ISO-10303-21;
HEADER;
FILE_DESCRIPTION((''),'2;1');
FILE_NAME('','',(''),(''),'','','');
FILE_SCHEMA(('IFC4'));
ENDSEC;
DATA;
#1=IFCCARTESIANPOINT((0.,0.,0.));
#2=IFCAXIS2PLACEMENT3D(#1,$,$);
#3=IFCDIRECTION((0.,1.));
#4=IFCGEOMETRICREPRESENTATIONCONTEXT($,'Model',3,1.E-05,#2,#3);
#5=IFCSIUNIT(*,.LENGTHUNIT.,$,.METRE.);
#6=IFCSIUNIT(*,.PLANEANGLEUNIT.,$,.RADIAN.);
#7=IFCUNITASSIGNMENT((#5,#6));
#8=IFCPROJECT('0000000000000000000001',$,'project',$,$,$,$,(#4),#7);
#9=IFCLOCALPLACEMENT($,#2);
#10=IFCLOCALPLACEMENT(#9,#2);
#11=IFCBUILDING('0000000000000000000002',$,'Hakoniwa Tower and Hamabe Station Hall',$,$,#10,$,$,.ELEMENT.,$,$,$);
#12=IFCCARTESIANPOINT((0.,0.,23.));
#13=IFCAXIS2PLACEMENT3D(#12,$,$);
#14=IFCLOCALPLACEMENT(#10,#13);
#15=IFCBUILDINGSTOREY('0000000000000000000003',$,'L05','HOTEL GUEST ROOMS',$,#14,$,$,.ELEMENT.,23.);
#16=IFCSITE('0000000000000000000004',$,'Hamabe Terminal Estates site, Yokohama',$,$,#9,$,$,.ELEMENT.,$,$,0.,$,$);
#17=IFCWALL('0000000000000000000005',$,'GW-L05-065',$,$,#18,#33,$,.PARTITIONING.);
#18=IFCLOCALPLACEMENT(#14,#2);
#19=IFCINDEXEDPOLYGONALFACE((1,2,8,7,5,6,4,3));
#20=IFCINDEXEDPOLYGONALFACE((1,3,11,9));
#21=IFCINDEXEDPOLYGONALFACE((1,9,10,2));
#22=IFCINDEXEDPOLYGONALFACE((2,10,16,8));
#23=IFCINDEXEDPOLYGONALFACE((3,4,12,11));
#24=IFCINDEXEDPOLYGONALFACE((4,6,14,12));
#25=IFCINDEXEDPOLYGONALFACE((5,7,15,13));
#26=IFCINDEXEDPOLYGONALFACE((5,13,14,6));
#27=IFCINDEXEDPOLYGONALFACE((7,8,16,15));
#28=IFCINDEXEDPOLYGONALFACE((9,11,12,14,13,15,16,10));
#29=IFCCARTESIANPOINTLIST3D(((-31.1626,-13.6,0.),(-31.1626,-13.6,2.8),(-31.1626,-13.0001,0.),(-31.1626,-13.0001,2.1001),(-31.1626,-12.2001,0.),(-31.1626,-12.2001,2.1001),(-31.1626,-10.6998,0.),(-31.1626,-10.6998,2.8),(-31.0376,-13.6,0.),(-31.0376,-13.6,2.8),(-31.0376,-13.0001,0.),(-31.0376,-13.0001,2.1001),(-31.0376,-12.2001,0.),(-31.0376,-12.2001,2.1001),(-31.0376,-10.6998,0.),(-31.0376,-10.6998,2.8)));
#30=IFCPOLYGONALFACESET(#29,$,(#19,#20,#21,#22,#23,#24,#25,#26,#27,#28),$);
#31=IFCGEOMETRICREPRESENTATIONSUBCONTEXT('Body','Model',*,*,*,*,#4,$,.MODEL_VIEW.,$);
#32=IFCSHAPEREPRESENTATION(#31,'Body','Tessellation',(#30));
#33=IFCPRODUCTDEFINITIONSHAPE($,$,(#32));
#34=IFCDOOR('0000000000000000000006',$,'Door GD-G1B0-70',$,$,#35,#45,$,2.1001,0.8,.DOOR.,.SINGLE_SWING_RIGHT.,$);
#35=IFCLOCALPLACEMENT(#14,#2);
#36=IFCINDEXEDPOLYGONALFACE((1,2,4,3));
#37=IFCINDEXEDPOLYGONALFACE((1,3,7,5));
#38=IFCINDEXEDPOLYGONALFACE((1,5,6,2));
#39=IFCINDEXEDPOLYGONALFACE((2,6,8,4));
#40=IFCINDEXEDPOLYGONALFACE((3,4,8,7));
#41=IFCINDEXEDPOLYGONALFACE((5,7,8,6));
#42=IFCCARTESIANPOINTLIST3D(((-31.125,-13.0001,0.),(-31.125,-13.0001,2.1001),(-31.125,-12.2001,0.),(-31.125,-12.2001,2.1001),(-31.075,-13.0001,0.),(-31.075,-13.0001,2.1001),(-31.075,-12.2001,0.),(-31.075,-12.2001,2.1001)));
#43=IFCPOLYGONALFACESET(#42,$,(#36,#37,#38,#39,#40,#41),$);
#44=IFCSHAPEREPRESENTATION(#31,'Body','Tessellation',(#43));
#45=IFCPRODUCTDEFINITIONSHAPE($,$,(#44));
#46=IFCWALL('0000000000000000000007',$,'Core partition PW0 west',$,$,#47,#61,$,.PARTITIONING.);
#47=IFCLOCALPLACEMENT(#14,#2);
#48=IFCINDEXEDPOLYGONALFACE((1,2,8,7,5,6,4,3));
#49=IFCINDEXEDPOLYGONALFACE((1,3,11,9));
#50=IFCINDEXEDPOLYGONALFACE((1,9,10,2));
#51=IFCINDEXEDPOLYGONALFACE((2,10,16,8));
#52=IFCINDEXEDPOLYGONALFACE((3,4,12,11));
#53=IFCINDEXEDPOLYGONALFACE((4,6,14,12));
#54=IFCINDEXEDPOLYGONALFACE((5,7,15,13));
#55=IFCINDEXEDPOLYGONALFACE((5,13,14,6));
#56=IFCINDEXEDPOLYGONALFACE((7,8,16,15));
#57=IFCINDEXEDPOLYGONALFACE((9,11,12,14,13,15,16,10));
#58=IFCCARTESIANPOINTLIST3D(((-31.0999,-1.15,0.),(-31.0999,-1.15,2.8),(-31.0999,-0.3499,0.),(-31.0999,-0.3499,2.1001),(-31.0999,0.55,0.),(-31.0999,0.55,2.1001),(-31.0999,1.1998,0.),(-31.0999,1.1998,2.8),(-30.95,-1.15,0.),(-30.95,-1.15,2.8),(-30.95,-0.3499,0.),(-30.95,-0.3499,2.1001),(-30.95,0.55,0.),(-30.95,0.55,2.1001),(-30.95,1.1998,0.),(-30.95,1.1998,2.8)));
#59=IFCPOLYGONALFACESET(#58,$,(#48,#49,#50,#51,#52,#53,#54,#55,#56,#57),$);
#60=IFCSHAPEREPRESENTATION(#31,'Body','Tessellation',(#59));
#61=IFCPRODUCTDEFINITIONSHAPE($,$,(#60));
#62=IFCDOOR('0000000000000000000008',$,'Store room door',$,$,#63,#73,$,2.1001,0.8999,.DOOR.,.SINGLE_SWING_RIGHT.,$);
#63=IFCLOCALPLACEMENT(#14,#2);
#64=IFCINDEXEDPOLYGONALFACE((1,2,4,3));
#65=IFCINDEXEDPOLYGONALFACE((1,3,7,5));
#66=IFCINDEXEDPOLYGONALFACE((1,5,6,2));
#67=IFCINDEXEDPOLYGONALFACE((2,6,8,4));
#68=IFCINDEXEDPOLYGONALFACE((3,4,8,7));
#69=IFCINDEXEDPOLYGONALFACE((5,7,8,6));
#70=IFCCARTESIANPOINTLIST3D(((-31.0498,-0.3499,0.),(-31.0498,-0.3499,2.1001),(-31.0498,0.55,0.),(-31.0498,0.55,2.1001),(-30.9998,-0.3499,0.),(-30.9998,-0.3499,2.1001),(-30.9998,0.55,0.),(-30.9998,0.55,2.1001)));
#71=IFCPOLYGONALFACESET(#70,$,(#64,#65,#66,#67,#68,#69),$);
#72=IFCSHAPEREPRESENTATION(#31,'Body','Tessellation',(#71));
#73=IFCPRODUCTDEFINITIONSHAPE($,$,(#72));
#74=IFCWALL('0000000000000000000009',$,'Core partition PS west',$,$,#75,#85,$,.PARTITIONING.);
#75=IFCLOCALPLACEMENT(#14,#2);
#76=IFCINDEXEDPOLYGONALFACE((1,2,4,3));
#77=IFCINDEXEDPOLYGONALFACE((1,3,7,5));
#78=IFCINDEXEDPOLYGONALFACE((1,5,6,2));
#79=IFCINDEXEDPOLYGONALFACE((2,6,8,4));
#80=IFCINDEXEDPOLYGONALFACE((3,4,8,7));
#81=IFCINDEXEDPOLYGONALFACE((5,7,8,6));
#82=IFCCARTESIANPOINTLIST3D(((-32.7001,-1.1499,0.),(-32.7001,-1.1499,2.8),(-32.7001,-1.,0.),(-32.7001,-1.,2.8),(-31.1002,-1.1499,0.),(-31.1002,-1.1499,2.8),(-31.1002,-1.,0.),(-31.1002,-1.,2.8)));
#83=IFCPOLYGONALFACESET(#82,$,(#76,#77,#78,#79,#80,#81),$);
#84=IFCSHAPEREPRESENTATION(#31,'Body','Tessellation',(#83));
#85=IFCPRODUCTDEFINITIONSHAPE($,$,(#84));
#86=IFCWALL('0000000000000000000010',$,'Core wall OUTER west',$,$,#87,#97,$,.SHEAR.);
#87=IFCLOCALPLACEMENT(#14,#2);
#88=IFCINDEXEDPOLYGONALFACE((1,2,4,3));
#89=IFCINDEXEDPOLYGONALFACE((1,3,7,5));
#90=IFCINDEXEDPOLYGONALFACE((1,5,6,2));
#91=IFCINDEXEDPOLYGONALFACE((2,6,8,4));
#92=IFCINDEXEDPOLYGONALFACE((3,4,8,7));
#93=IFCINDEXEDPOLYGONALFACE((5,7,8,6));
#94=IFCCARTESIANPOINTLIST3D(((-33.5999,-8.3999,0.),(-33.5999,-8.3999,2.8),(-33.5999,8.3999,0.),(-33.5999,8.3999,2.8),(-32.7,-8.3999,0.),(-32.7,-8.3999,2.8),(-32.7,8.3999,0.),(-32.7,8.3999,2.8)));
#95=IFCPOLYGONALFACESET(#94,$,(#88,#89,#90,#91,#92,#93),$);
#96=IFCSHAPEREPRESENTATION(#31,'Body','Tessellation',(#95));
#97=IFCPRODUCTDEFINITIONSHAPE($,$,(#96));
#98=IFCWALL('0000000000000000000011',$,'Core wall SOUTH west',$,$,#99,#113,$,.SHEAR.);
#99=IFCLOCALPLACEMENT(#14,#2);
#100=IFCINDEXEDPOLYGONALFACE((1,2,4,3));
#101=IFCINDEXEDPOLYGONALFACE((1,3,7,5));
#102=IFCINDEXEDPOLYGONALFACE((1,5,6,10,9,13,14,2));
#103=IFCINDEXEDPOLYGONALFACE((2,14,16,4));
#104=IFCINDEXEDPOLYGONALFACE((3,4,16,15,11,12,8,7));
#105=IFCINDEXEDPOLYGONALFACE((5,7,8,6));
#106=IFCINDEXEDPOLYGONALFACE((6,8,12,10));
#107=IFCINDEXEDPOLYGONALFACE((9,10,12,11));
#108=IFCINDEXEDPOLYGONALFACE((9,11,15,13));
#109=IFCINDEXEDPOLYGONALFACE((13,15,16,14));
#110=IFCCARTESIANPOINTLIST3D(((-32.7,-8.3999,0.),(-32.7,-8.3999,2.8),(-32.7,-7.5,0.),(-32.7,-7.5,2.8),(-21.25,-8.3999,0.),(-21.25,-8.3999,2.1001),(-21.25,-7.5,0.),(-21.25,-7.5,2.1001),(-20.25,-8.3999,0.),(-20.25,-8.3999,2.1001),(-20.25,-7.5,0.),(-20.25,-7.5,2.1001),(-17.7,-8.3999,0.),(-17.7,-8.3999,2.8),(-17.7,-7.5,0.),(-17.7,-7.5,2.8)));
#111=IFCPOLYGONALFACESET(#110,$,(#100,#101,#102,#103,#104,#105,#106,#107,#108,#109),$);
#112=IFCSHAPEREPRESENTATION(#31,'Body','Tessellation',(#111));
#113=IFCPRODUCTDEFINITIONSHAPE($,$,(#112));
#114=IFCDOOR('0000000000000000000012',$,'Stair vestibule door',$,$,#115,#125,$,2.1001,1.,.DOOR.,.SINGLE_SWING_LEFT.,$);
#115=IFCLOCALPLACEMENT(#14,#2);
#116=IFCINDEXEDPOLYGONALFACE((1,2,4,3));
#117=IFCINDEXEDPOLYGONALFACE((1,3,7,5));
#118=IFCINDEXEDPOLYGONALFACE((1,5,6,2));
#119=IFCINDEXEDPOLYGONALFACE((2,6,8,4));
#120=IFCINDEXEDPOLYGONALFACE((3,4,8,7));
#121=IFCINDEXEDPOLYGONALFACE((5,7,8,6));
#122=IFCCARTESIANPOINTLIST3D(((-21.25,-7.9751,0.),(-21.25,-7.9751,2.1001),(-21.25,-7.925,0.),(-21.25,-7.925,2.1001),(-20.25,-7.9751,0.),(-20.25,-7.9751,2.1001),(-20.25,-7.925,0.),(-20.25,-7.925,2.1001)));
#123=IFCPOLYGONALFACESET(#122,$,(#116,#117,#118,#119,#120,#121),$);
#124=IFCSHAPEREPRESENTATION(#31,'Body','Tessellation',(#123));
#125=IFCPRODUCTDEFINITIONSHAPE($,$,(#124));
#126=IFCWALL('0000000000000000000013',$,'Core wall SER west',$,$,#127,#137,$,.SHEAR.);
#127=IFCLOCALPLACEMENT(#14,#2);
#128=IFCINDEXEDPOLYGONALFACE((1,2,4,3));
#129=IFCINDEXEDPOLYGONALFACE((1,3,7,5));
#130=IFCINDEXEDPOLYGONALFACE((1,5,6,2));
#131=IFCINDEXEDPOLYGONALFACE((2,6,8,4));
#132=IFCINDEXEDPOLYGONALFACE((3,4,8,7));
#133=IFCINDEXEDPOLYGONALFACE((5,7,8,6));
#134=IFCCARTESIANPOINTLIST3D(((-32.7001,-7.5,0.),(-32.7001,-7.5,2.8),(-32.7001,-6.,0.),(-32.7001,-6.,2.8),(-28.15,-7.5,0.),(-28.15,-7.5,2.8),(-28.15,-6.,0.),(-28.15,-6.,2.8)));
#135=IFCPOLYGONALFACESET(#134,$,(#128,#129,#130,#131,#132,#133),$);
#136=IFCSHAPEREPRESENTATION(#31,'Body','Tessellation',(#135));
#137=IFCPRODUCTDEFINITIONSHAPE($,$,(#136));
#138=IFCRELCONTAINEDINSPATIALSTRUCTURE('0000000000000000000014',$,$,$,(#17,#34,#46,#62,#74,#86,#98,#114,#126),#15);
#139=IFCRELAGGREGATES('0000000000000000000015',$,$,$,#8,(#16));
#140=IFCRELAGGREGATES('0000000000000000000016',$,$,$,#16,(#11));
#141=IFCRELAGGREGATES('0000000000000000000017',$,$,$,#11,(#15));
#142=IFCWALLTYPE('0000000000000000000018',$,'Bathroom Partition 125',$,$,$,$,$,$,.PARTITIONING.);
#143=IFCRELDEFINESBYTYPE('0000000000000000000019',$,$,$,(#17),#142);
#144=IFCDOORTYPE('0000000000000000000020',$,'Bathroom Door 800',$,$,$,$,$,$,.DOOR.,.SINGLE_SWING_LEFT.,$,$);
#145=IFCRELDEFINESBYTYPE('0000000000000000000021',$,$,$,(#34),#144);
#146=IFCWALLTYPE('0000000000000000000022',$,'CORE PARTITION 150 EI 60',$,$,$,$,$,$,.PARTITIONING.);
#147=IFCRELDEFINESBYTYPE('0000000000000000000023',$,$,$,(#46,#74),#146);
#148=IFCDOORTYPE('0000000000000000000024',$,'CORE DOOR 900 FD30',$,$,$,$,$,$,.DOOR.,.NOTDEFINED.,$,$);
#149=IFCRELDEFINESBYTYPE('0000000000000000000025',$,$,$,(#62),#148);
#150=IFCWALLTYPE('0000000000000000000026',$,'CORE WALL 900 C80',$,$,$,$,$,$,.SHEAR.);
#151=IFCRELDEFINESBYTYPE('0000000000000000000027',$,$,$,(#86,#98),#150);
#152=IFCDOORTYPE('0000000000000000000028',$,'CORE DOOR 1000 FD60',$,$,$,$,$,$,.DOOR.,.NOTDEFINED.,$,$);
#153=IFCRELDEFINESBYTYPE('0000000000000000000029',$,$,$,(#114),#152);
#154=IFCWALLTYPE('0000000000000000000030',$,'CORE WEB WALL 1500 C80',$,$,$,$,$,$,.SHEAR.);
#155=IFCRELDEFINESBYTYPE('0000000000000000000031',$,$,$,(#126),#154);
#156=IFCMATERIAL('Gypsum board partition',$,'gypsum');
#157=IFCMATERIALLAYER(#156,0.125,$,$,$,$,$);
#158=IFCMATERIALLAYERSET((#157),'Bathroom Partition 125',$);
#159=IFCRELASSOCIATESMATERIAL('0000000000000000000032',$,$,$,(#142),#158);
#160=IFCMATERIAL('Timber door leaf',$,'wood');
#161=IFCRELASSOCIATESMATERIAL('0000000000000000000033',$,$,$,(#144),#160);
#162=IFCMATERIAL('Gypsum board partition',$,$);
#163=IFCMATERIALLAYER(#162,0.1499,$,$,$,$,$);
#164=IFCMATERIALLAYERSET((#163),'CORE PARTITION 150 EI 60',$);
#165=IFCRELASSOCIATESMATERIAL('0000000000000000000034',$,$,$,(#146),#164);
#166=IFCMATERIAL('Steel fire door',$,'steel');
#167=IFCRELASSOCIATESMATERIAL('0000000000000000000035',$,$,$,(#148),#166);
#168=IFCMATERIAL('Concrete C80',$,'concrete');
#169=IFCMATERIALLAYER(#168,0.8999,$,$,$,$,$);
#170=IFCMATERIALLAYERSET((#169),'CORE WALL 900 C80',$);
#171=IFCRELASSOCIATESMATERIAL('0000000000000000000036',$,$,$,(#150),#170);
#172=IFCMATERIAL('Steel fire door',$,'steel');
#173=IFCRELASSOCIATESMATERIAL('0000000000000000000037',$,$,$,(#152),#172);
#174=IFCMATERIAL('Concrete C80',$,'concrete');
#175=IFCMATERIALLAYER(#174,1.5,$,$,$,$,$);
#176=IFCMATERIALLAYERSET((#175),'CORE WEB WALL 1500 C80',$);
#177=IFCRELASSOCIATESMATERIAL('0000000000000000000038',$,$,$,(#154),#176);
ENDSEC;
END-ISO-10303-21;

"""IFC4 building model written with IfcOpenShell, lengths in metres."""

from ifc_helpers import new_model, si_unit, direction, frame, frame_2d, origin, place, context, subcontext, project, spatial, rectangle, extrude, material, layer, layer_set, type_object, element, fill, save


model = new_model("IFC4")

# Units and contexts
model_context = context("Model", 3, precision=1e-05, world=origin(), true_north=direction((0.0, 1.0)))
body_context = subcontext(model_context, "Body", "Model", "MODEL_VIEW")
ifc_project = project(units=[si_unit("LENGTHUNIT", "METRE"), si_unit("PLANEANGLEUNIT", "RADIAN")], contexts=[model_context])

# Site, building, storey
site_placement = place(None, origin())
site = spatial("IfcSite", under=ifc_project, at=site_placement, Name="Hamabe Terminal Estates site, Yokohama", CompositionType="ELEMENT", RefElevation=0.0)
building_placement = place(site_placement, origin())
building = spatial("IfcBuilding", under=site, at=building_placement, Name="Hakoniwa Tower and Hamabe Station Hall", CompositionType="ELEMENT")
storey_placement = place(building_placement, frame((0.0, 0.0, 23.0)))
storey = spatial("IfcBuildingStorey", under=building, at=storey_placement, Name="L05", Description="HOTEL GUEST ROOMS", CompositionType="ELEMENT", Elevation=23.0)

# Shared definitions
ifc_material_1 = material(Name="Gypsum board partition", Category="gypsum")
ifc_layer_1 = layer(ifc_material_1, 0.125)
ifc_layer_set_1 = layer_set([ifc_layer_1], Name="Bathroom Partition 125")
wall_type_1 = type_object("IfcWallType", Name="Bathroom Partition 125", PredefinedType="PARTITIONING", material=ifc_layer_set_1)

# Shared definitions
ifc_material_2 = material(Name="Timber door leaf", Category="wood")
door_type_1 = type_object("IfcDoorType", Name="Bathroom Door 800", OperationType="SINGLE_SWING_LEFT", PredefinedType="DOOR", material=ifc_material_2)

# Walls, openings, doors
wall_1_placement = place(storey_placement, frame((-31.1001, -13.6001, 0.0), z_axis=(0.0, 0.0, 1.0), x_axis=(0.0, 1.0, 0.0)))
wall_1 = element("IfcWall", 1, at=wall_1_placement, inside=storey, type_object=wall_type_1, Name="GW-L05-065", PredefinedType="PARTITIONING", context=body_context, shape_type="SweptSolid", body=[
    extrude(rectangle(XDim=2.9001, YDim=0.125, at=frame_2d((1.4502, 0.0))), origin(), (0.0, 0.0, 1.0), 2.8),
])
opening_1_placement = place(wall_1_placement, frame((0.6001, 0.0, 0.0)))
opening_1 = element("IfcOpeningElement", 2, at=opening_1_placement, cuts=wall_1, PredefinedType="OPENING", context=body_context, shape_type="SweptSolid", body=[
    extrude(rectangle(XDim=0.8, YDim=2.1001, at=frame_2d((0.3999, 1.05))), frame((0.0, 0.0725, 0.0), z_axis=(0.0, -1.0, 0.0), x_axis=(1.0, 0.0, 0.0)), (0.0, 0.0, 1.0), 0.145),
])
door_1_placement = place(opening_1_placement, origin())
door_1 = element("IfcDoor", 3, at=door_1_placement, inside=storey, type_object=door_type_1, Name="Door GD-G1B0-70", OperationType="SINGLE_SWING_RIGHT", OverallHeight=2.1001, OverallWidth=0.8, PredefinedType="DOOR", context=body_context, shape_type="SweptSolid", body=[
    extrude(rectangle(XDim=0.8, YDim=2.1001, at=frame_2d((0.3999, 1.05))), frame((0.0, 0.0249, 0.0), z_axis=(0.0, -1.0, 0.0), x_axis=(1.0, 0.0, 0.0)), (0.0, 0.0, 1.0), 0.05),
])
fill(opening_1, door_1)
ifc_material_3 = material(Name="Gypsum board partition")
ifc_layer_2 = layer(ifc_material_3, 0.1499)
ifc_layer_set_2 = layer_set([ifc_layer_2], Name="CORE PARTITION 150 EI 60")
wall_type_2 = type_object("IfcWallType", Name="CORE PARTITION 150 EI 60", PredefinedType="PARTITIONING", material=ifc_layer_set_2)
wall_2_placement = place(storey_placement, frame((-31.0249, -1.1499, 0.0), z_axis=(0.0, 0.0, 1.0), x_axis=(0.0, 1.0, 0.0)))
wall_2 = element("IfcWall", 4, at=wall_2_placement, inside=storey, type_object=wall_type_2, Name="Core partition PW0 west", PredefinedType="PARTITIONING", context=body_context, shape_type="SweptSolid", body=[
    extrude(rectangle(XDim=2.3499, YDim=0.1499, at=frame_2d((1.1748, 0.0))), origin(), (0.0, 0.0, 1.0), 2.8),
])
opening_2_placement = place(wall_2_placement, frame((0.8, 0.0, 0.0)))
opening_2 = element("IfcOpeningElement", 5, at=opening_2_placement, cuts=wall_2, PredefinedType="OPENING", context=body_context, shape_type="SweptSolid", body=[
    extrude(rectangle(XDim=0.8999, YDim=2.1001, at=frame_2d((0.45, 1.05))), frame((0.0, 0.085, 0.0), z_axis=(0.0, -1.0, 0.0), x_axis=(1.0, 0.0, 0.0)), (0.0, 0.0, 1.0), 0.1699),
])
ifc_material_4 = material(Name="Steel fire door", Category="steel")
door_type_2 = type_object("IfcDoorType", Name="CORE DOOR 900 FD30", OperationType="NOTDEFINED", PredefinedType="DOOR", material=ifc_material_4)
door_2_placement = place(opening_2_placement, origin())
door_2 = element("IfcDoor", 6, at=door_2_placement, inside=storey, type_object=door_type_2, Name="Store room door", OperationType="SINGLE_SWING_RIGHT", OverallHeight=2.1001, OverallWidth=0.8999, PredefinedType="DOOR", context=body_context, shape_type="SweptSolid", body=[
    extrude(rectangle(XDim=0.8999, YDim=2.1001, at=frame_2d((0.45, 1.05))), frame((0.0, 0.0249, 0.0), z_axis=(0.0, -1.0, 0.0), x_axis=(1.0, 0.0, 0.0)), (0.0, 0.0, 1.0), 0.05),
])
fill(opening_2, door_2)

# Walls
wall_3_placement = place(storey_placement, frame((-32.7, -1.075, 0.0), z_axis=(0.0, 0.0, 1.0), x_axis=(1.0, 0.0, 0.0)))
element("IfcWall", 7, at=wall_3_placement, inside=storey, type_object=wall_type_2, Name="Core partition PS west", PredefinedType="PARTITIONING", context=body_context, shape_type="SweptSolid", body=[
    extrude(rectangle(XDim=1.5999, YDim=0.1499, at=frame_2d((0.7998, 0.0))), origin(), (0.0, 0.0, 1.0), 2.8),
])
ifc_material_5 = material(Name="Concrete C80", Category="concrete")
ifc_layer_3 = layer(ifc_material_5, 0.8999)
ifc_layer_set_3 = layer_set([ifc_layer_3], Name="CORE WALL 900 C80")
wall_type_3 = type_object("IfcWallType", Name="CORE WALL 900 C80", PredefinedType="SHEAR", material=ifc_layer_set_3)
wall_4_placement = place(storey_placement, frame((-33.1499, -8.3999, 0.0), z_axis=(0.0, 0.0, 1.0), x_axis=(0.0, 1.0, 0.0)))
element("IfcWall", 8, at=wall_4_placement, inside=storey, type_object=wall_type_3, Name="Core wall OUTER west", PredefinedType="SHEAR", context=body_context, shape_type="SweptSolid", body=[
    extrude(rectangle(XDim=16.7998, YDim=0.8999, at=frame_2d((8.3999, 0.0))), origin(), (0.0, 0.0, 1.0), 2.8),
])

# Wall, opening, door
wall_5_placement = place(storey_placement, frame((-32.7, -7.95, 0.0), z_axis=(0.0, 0.0, 1.0), x_axis=(1.0, 0.0, 0.0)))
wall_5 = element("IfcWall", 9, at=wall_5_placement, inside=storey, type_object=wall_type_3, Name="Core wall SOUTH west", PredefinedType="SHEAR", context=body_context, shape_type="SweptSolid", body=[
    extrude(rectangle(XDim=15.0, YDim=0.8999, at=frame_2d((7.5, 0.0))), origin(), (0.0, 0.0, 1.0), 2.8),
])
opening_3_placement = place(wall_5_placement, frame((11.45, 0.0, 0.0)))
opening_3 = element("IfcOpeningElement", 10, at=opening_3_placement, cuts=wall_5, PredefinedType="OPENING", context=body_context, shape_type="SweptSolid", body=[
    extrude(rectangle(XDim=1.0, YDim=2.1001, at=frame_2d((0.5, 1.05))), frame((0.0, 0.46, 0.0), z_axis=(0.0, -1.0, 0.0), x_axis=(1.0, 0.0, 0.0)), (0.0, 0.0, 1.0), 0.9199),
])
ifc_material_6 = material(Name="Steel fire door", Category="steel")
door_type_3 = type_object("IfcDoorType", Name="CORE DOOR 1000 FD60", OperationType="NOTDEFINED", PredefinedType="DOOR", material=ifc_material_6)
door_3_placement = place(opening_3_placement, origin())
door_3 = element("IfcDoor", 11, at=door_3_placement, inside=storey, type_object=door_type_3, Name="Stair vestibule door", OperationType="SINGLE_SWING_LEFT", OverallHeight=2.1001, OverallWidth=1.0, PredefinedType="DOOR", context=body_context, shape_type="SweptSolid", body=[
    extrude(rectangle(XDim=1.0, YDim=2.1001, at=frame_2d((0.5, 1.05))), frame((0.0, 0.0249, 0.0), z_axis=(0.0, -1.0, 0.0), x_axis=(1.0, 0.0, 0.0)), (0.0, 0.0, 1.0), 0.05),
])
fill(opening_3, door_3)

# Wall
ifc_material_7 = material(Name="Concrete C80", Category="concrete")
ifc_layer_4 = layer(ifc_material_7, 1.5)
ifc_layer_set_4 = layer_set([ifc_layer_4], Name="CORE WEB WALL 1500 C80")
wall_type_4 = type_object("IfcWallType", Name="CORE WEB WALL 1500 C80", PredefinedType="SHEAR", material=ifc_layer_set_4)
wall_6_placement = place(storey_placement, frame((-32.7, -6.75, 0.0), z_axis=(0.0, 0.0, 1.0), x_axis=(1.0, 0.0, 0.0)))
element("IfcWall", 12, at=wall_6_placement, inside=storey, type_object=wall_type_4, Name="Core wall SER west", PredefinedType="SHEAR", context=body_context, shape_type="SweptSolid", body=[
    extrude(rectangle(XDim=4.55, YDim=1.5, at=frame_2d((2.2749, 0.0))), origin(), (0.0, 0.0, 1.0), 2.8),
])

save(model, "model.ifc")
